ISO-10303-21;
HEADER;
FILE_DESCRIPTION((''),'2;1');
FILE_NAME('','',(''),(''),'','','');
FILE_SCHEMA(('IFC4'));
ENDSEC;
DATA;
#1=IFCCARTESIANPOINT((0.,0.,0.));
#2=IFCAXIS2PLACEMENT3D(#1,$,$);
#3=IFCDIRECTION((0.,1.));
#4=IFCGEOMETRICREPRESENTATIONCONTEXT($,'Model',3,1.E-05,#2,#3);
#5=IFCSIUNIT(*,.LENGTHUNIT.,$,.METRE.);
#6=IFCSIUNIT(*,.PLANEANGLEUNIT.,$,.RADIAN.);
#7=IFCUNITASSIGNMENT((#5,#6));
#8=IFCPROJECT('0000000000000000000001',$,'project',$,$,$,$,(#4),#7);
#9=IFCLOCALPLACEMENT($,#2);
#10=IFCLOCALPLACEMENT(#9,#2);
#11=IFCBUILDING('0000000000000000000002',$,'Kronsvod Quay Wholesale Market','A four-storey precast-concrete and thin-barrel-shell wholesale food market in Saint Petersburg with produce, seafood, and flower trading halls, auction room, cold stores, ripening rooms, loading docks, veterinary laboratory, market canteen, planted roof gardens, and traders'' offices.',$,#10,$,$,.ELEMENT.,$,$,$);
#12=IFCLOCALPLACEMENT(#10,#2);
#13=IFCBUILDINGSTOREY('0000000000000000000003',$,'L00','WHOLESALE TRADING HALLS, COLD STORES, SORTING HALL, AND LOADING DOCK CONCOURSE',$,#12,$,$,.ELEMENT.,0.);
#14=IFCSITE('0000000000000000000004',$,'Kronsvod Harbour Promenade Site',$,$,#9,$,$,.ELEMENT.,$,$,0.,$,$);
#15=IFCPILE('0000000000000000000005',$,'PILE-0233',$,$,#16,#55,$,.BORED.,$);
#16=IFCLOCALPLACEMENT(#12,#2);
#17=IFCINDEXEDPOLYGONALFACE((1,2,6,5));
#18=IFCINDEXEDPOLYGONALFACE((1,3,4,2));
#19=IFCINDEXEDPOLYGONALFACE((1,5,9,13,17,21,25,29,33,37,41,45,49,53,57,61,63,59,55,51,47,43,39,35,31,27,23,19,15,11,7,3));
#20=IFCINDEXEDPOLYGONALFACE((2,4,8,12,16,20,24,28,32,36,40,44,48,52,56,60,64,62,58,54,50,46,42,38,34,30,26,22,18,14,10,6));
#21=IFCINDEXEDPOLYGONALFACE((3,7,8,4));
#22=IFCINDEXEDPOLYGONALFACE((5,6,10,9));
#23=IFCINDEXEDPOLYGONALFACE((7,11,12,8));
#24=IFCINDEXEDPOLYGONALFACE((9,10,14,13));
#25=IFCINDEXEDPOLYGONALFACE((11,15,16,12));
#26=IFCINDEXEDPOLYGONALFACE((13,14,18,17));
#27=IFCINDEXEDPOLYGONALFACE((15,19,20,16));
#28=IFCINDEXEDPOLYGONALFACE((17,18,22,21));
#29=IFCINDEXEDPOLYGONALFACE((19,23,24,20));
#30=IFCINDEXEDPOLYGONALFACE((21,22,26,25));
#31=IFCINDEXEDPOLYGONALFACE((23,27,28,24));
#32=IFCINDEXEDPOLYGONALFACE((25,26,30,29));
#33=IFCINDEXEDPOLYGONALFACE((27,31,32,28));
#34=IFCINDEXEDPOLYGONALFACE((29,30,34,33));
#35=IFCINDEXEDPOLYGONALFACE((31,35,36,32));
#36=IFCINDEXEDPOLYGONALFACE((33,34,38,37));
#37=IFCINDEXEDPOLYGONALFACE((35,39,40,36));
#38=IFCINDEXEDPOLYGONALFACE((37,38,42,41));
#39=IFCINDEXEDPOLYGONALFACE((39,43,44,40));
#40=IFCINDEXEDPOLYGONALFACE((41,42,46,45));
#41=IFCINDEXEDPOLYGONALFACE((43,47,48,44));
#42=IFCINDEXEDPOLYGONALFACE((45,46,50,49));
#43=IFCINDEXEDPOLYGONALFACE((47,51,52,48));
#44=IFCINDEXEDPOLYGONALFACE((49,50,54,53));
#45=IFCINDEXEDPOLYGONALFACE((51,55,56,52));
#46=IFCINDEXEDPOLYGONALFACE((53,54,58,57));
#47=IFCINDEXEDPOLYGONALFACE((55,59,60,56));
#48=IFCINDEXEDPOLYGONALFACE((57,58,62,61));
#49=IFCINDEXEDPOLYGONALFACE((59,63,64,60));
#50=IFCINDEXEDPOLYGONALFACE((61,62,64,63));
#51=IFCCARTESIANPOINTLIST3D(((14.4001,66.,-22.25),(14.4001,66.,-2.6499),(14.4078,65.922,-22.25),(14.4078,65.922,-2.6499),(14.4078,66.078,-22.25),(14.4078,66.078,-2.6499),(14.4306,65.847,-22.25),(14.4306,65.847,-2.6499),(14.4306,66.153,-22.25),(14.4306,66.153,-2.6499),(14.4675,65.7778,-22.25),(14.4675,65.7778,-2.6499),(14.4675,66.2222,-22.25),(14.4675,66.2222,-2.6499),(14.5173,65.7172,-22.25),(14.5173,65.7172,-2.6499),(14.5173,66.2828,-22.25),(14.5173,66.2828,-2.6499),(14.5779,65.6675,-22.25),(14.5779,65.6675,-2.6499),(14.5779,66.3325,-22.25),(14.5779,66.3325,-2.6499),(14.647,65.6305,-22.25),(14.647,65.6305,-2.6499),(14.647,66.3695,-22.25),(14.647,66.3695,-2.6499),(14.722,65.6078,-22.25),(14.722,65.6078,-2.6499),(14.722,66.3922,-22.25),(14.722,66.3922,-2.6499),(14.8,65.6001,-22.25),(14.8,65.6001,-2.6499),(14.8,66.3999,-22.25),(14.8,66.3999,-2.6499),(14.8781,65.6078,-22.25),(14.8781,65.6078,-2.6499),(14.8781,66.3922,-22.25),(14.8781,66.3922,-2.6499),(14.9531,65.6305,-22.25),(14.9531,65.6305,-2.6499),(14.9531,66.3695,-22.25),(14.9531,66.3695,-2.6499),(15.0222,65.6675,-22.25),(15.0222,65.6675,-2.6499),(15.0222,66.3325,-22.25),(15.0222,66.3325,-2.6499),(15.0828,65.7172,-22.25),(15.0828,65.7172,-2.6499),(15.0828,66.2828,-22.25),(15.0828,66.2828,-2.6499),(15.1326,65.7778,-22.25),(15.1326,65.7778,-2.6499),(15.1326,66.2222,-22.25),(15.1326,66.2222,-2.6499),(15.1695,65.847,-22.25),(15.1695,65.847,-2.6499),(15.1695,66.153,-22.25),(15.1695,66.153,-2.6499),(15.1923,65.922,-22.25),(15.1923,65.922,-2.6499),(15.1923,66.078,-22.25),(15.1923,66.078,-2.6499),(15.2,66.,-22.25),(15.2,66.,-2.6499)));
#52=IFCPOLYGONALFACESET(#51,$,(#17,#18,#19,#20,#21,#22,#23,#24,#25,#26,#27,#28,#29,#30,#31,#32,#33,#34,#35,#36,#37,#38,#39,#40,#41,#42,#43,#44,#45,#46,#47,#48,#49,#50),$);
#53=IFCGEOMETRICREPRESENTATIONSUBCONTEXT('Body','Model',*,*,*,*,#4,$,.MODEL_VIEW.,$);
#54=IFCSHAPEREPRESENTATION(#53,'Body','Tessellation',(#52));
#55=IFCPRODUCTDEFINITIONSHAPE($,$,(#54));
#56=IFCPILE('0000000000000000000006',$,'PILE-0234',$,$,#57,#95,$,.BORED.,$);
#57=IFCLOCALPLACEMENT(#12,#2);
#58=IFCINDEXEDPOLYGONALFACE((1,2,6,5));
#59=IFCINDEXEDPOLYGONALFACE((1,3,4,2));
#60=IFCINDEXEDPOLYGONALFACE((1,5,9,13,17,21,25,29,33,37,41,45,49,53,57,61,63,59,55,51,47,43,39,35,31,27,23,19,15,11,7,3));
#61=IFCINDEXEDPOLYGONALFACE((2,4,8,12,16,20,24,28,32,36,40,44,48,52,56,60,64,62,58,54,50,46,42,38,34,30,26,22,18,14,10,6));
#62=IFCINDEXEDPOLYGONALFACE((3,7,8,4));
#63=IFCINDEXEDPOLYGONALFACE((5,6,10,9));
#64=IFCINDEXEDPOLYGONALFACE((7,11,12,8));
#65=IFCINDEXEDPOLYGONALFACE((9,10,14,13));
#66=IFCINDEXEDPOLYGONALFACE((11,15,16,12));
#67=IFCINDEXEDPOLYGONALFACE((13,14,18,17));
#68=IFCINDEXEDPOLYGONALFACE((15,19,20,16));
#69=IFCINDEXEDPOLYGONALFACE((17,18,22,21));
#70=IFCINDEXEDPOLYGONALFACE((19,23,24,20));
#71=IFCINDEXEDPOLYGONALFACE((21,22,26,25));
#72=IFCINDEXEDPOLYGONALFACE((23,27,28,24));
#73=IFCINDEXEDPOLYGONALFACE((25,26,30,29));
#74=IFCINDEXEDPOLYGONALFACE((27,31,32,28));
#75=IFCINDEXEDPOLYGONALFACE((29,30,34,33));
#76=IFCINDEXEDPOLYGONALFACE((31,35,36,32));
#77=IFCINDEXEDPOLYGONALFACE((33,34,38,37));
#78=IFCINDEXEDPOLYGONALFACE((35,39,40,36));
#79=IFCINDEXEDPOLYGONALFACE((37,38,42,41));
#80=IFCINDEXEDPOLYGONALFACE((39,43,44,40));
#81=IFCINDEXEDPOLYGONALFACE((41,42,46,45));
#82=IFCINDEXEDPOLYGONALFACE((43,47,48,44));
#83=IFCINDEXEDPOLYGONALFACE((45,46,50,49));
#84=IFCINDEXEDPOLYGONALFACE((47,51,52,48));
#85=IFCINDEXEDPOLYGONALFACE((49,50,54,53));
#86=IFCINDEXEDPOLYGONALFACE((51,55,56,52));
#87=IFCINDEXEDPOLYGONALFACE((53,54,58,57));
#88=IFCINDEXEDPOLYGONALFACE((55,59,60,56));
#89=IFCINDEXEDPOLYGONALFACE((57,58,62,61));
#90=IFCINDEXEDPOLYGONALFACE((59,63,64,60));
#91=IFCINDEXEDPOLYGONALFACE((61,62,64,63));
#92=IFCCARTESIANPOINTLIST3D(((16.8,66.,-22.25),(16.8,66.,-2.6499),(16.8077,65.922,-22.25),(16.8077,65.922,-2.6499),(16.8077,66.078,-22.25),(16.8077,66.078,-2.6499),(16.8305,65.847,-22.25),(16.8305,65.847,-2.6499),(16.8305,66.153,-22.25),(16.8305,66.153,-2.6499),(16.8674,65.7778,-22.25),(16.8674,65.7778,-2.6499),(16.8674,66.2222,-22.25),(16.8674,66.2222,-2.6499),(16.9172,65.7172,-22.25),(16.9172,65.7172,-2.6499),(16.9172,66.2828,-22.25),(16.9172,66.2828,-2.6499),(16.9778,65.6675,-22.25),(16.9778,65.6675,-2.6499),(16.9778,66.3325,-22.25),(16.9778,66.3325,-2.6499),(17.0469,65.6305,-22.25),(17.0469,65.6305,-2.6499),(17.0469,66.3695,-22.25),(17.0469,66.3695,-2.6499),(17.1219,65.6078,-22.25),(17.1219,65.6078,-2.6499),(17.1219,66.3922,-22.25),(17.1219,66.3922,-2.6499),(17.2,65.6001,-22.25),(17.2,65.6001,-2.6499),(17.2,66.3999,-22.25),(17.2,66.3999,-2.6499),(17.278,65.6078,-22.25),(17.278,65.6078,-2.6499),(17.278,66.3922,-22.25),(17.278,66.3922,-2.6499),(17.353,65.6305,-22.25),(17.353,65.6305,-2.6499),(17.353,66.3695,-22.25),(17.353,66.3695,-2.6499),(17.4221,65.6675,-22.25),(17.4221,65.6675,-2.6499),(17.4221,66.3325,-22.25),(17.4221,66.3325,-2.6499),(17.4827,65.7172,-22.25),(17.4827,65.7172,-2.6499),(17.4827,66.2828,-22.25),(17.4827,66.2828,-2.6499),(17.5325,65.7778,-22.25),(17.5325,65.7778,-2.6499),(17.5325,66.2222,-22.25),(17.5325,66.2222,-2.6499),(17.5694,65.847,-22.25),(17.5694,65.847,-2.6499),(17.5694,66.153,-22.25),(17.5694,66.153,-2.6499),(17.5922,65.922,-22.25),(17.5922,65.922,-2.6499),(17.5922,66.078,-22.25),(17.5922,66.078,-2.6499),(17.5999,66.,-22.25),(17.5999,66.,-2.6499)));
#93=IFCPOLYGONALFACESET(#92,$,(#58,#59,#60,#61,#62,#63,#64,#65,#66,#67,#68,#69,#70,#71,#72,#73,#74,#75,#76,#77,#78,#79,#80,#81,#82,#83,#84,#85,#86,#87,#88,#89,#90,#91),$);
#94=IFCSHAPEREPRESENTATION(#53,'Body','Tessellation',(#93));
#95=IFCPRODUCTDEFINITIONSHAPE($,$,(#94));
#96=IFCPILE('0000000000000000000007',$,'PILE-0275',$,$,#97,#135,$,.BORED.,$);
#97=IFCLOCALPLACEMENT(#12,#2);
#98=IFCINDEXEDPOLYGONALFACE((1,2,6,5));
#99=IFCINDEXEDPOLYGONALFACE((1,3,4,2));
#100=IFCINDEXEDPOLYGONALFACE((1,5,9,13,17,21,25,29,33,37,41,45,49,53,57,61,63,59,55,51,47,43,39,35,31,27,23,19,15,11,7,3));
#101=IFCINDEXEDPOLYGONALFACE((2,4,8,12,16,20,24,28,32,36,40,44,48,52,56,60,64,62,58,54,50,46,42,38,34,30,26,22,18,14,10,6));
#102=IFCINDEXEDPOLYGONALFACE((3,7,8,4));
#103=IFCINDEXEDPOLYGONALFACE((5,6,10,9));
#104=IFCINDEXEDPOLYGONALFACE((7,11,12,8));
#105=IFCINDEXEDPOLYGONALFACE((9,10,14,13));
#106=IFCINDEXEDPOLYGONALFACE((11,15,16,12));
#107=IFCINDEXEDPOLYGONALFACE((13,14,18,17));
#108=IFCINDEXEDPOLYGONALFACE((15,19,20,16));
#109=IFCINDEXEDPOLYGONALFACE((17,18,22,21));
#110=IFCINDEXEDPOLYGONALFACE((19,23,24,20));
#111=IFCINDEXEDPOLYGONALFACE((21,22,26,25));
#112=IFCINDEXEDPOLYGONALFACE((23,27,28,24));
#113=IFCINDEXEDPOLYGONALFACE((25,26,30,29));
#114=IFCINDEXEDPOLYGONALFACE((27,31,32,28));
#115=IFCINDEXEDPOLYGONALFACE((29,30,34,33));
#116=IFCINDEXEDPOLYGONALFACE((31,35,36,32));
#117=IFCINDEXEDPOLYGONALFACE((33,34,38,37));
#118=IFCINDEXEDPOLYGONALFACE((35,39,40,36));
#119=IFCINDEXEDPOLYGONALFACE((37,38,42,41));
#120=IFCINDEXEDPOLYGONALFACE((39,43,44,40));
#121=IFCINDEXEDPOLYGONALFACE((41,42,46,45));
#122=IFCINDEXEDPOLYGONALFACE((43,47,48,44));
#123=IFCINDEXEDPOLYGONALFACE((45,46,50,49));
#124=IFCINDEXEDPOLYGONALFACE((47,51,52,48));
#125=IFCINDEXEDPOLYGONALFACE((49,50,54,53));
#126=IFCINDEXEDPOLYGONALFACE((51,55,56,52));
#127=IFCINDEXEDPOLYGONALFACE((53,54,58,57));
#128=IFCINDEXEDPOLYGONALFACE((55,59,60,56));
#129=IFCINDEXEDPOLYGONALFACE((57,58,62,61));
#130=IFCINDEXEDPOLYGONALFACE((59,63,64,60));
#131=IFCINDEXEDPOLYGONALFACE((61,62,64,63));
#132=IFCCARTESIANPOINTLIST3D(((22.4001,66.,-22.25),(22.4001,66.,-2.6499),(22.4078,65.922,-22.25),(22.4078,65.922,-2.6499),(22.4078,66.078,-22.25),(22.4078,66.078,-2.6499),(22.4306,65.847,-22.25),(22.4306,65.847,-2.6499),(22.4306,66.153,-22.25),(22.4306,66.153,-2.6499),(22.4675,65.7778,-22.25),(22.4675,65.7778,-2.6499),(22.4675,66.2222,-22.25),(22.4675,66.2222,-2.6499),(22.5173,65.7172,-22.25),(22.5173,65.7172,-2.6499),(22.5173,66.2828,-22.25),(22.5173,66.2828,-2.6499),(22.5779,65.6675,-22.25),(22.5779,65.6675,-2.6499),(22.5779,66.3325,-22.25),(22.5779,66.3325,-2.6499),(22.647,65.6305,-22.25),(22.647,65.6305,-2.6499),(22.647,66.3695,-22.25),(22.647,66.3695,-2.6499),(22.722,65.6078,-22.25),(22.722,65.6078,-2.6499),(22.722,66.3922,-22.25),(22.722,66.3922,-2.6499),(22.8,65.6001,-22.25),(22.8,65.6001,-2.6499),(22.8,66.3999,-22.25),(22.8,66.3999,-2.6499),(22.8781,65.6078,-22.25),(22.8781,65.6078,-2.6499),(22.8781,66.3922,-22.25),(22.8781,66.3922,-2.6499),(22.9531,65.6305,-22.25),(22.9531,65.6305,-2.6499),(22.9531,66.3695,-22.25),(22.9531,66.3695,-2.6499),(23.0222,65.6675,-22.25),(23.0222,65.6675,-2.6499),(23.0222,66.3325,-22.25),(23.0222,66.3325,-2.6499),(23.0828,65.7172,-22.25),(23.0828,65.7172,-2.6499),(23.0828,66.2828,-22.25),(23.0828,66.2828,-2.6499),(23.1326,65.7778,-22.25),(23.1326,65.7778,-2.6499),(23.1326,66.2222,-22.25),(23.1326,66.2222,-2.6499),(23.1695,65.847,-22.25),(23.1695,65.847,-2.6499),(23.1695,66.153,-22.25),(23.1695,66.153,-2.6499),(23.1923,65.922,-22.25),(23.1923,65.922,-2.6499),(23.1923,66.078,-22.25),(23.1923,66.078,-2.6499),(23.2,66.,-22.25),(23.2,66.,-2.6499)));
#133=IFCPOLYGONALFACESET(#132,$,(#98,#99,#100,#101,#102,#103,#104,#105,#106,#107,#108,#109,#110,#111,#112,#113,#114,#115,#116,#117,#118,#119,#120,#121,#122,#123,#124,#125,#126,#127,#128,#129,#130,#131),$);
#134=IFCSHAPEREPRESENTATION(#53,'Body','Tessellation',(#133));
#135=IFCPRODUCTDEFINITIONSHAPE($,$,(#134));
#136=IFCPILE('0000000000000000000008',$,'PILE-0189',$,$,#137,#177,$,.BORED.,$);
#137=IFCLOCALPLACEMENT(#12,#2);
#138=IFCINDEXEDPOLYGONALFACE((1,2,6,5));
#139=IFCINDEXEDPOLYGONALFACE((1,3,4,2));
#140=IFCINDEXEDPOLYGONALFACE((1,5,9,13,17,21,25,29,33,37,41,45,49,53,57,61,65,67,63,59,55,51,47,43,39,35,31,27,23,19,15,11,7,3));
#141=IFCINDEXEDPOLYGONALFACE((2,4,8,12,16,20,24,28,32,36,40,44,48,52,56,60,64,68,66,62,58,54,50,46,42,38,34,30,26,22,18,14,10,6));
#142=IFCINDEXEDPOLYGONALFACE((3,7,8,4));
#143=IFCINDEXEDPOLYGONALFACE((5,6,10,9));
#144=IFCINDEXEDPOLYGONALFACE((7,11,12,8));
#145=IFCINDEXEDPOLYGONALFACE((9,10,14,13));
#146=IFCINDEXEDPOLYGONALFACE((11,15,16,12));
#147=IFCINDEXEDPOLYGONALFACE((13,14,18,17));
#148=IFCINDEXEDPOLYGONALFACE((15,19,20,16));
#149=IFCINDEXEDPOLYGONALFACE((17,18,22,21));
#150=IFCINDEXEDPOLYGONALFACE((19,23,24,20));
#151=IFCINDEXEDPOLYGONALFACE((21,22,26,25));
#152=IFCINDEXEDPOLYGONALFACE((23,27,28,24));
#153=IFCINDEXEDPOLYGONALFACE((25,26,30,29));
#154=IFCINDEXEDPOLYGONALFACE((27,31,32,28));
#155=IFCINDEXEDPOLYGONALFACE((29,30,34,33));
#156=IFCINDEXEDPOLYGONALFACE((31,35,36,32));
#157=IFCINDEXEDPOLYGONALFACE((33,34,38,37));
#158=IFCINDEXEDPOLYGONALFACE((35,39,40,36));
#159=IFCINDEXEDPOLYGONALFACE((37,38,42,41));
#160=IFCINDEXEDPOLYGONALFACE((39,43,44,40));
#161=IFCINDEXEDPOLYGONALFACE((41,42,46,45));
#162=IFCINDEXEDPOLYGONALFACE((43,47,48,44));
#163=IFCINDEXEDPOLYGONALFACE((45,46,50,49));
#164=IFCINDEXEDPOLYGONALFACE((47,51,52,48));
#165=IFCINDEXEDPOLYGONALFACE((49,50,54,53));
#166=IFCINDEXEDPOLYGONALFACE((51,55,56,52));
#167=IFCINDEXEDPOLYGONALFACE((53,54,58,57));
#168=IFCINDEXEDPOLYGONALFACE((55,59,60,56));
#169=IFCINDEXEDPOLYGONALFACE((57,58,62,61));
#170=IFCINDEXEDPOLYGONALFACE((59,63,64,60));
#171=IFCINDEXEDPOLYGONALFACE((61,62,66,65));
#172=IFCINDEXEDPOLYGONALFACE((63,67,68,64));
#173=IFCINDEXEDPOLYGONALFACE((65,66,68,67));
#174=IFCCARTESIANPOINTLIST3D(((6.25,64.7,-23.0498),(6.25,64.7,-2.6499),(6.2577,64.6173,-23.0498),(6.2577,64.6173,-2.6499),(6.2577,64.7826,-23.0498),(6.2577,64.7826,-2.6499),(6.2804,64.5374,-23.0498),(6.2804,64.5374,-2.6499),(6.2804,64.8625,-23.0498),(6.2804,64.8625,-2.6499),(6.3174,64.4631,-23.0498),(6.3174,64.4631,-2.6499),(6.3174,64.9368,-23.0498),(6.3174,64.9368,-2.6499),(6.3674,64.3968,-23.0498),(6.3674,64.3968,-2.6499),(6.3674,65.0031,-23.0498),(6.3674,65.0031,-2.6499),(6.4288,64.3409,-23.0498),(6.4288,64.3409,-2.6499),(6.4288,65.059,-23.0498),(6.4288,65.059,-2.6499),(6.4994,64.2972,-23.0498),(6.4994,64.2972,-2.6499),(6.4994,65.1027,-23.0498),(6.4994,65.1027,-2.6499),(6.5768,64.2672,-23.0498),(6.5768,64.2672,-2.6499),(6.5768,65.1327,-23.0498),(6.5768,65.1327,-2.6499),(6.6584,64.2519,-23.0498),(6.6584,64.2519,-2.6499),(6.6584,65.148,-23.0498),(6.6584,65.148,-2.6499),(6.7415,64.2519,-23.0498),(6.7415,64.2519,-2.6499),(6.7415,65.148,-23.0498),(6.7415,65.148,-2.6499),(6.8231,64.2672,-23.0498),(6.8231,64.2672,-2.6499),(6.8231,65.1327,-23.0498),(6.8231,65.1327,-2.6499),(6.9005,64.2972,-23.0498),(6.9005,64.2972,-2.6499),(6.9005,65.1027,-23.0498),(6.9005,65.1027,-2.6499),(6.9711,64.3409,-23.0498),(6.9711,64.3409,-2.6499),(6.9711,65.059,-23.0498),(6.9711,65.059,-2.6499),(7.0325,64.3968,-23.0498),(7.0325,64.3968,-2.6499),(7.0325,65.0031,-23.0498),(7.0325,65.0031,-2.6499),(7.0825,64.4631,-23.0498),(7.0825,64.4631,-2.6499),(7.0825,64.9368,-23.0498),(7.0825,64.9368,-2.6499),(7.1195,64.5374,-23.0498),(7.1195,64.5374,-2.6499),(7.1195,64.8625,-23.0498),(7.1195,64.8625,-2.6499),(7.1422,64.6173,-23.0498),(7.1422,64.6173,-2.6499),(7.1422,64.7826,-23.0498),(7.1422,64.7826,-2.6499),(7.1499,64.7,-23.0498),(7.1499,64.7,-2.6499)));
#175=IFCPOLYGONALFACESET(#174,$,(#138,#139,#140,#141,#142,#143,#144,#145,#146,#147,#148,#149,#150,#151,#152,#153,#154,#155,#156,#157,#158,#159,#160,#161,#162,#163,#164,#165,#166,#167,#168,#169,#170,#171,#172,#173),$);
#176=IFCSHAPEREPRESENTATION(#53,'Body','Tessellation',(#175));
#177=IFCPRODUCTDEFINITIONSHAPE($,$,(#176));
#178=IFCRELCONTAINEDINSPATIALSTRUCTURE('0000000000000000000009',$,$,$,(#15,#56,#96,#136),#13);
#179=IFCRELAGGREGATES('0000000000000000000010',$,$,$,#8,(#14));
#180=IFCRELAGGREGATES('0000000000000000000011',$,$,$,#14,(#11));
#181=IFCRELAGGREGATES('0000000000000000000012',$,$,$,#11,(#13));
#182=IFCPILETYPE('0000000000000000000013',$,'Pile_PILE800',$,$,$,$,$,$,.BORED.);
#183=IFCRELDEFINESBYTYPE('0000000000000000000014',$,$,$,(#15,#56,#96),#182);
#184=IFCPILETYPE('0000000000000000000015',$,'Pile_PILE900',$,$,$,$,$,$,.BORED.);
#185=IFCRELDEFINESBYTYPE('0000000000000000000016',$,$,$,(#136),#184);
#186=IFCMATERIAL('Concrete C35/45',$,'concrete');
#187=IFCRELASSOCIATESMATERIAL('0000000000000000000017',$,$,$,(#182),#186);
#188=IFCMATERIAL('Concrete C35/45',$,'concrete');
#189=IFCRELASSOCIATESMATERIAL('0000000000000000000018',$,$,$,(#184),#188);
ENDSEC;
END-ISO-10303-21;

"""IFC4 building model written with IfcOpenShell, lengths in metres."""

from ifc_helpers import new_model, si_unit, direction, frame, origin, origin_2d, place, context, subcontext, project, spatial, circle, extrude, material, material_profile, profile_set, type_object, element, save


model = new_model("IFC4")

# Units and contexts
model_context = context("Model", 3, precision=1e-05, world=origin(), true_north=direction((0.0, 1.0)))
body_context = subcontext(model_context, "Body", "Model", "MODEL_VIEW")
ifc_project = project(units=[si_unit("LENGTHUNIT", "METRE"), si_unit("PLANEANGLEUNIT", "RADIAN")], contexts=[model_context])

# Site, building, storey
site_placement = place(None, origin())
site = spatial("IfcSite", under=ifc_project, at=site_placement, Name="Kronsvod Harbour Promenade Site", CompositionType="ELEMENT", RefElevation=0.0)
building_placement = place(site_placement, origin())
building = spatial("IfcBuilding", under=site, at=building_placement, Name="Kronsvod Quay Wholesale Market", Description="A four-storey precast-concrete and thin-barrel-shell wholesale food market in Saint Petersburg with produce, seafood, and flower trading halls, auction room, cold stores, ripening rooms, loading docks, veterinary laboratory, market canteen, planted roof gardens, and traders' offices.", CompositionType="ELEMENT")
storey_placement = place(building_placement, origin())
storey = spatial("IfcBuildingStorey", under=building, at=storey_placement, Name="L00", Description="WHOLESALE TRADING HALLS, COLD STORES, SORTING HALL, AND LOADING DOCK CONCOURSE", CompositionType="ELEMENT", Elevation=0.0)

# Piles
ifc_material_1 = material(Name="Concrete C35/45", Category="concrete")
ifc_material_profile_1 = material_profile(ifc_material_1, circle(Radius=0.3999, at=origin_2d()), Name="PILE800")
ifc_profile_set_1 = profile_set([ifc_material_profile_1], Name="Concrete C35/45")
pile_type_1 = type_object("IfcPileType", Name="Pile_PILE800", PredefinedType="BORED", material=ifc_profile_set_1)
for number, where, z_axis, x_axis, name in (
    (1, (14.8, 66.0, -2.6499), (0.0, 0.0, -1.0), (1.0, 0.0, 0.0), "PILE-0233"),
    (2, (17.2, 66.0, -2.6499), (0.0, 0.0, -1.0), (1.0, 0.0, 0.0), "PILE-0234"),
    (3, (22.8, 66.0, -2.6499), (0.0, 0.0, -1.0), (1.0, 0.0, 0.0), "PILE-0275"),
):
    element("IfcPile", number, at=place(storey_placement, frame(where, z_axis=z_axis, x_axis=x_axis)), inside=storey, type_object=pile_type_1, Name=name, PredefinedType="BORED", context=body_context, shape_type="SweptSolid", body=[
        extrude(circle(Radius=0.3999, at=origin_2d()), origin(), (0.0, 0.0, 1.0), 19.6001),
    ])
ifc_material_2 = material(Name="Concrete C35/45", Category="concrete")
ifc_material_profile_2 = material_profile(ifc_material_2, circle(Radius=0.45, at=origin_2d()), Name="PILE900")
ifc_profile_set_2 = profile_set([ifc_material_profile_2], Name="Concrete C35/45")
pile_type_2 = type_object("IfcPileType", Name="Pile_PILE900", PredefinedType="BORED", material=ifc_profile_set_2)
for number, where, z_axis, x_axis, name in (
    (4, (6.7, 64.7, -2.6499), (0.0, 0.0, -1.0), (1.0, 0.0, 0.0), "PILE-0189"),
):
    element("IfcPile", number, at=place(storey_placement, frame(where, z_axis=z_axis, x_axis=x_axis)), inside=storey, type_object=pile_type_2, Name=name, PredefinedType="BORED", context=body_context, shape_type="SweptSolid", body=[
        extrude(circle(Radius=0.45, at=origin_2d()), origin(), (0.0, 0.0, 1.0), 20.3999),
    ])

save(model, "model.ifc")
